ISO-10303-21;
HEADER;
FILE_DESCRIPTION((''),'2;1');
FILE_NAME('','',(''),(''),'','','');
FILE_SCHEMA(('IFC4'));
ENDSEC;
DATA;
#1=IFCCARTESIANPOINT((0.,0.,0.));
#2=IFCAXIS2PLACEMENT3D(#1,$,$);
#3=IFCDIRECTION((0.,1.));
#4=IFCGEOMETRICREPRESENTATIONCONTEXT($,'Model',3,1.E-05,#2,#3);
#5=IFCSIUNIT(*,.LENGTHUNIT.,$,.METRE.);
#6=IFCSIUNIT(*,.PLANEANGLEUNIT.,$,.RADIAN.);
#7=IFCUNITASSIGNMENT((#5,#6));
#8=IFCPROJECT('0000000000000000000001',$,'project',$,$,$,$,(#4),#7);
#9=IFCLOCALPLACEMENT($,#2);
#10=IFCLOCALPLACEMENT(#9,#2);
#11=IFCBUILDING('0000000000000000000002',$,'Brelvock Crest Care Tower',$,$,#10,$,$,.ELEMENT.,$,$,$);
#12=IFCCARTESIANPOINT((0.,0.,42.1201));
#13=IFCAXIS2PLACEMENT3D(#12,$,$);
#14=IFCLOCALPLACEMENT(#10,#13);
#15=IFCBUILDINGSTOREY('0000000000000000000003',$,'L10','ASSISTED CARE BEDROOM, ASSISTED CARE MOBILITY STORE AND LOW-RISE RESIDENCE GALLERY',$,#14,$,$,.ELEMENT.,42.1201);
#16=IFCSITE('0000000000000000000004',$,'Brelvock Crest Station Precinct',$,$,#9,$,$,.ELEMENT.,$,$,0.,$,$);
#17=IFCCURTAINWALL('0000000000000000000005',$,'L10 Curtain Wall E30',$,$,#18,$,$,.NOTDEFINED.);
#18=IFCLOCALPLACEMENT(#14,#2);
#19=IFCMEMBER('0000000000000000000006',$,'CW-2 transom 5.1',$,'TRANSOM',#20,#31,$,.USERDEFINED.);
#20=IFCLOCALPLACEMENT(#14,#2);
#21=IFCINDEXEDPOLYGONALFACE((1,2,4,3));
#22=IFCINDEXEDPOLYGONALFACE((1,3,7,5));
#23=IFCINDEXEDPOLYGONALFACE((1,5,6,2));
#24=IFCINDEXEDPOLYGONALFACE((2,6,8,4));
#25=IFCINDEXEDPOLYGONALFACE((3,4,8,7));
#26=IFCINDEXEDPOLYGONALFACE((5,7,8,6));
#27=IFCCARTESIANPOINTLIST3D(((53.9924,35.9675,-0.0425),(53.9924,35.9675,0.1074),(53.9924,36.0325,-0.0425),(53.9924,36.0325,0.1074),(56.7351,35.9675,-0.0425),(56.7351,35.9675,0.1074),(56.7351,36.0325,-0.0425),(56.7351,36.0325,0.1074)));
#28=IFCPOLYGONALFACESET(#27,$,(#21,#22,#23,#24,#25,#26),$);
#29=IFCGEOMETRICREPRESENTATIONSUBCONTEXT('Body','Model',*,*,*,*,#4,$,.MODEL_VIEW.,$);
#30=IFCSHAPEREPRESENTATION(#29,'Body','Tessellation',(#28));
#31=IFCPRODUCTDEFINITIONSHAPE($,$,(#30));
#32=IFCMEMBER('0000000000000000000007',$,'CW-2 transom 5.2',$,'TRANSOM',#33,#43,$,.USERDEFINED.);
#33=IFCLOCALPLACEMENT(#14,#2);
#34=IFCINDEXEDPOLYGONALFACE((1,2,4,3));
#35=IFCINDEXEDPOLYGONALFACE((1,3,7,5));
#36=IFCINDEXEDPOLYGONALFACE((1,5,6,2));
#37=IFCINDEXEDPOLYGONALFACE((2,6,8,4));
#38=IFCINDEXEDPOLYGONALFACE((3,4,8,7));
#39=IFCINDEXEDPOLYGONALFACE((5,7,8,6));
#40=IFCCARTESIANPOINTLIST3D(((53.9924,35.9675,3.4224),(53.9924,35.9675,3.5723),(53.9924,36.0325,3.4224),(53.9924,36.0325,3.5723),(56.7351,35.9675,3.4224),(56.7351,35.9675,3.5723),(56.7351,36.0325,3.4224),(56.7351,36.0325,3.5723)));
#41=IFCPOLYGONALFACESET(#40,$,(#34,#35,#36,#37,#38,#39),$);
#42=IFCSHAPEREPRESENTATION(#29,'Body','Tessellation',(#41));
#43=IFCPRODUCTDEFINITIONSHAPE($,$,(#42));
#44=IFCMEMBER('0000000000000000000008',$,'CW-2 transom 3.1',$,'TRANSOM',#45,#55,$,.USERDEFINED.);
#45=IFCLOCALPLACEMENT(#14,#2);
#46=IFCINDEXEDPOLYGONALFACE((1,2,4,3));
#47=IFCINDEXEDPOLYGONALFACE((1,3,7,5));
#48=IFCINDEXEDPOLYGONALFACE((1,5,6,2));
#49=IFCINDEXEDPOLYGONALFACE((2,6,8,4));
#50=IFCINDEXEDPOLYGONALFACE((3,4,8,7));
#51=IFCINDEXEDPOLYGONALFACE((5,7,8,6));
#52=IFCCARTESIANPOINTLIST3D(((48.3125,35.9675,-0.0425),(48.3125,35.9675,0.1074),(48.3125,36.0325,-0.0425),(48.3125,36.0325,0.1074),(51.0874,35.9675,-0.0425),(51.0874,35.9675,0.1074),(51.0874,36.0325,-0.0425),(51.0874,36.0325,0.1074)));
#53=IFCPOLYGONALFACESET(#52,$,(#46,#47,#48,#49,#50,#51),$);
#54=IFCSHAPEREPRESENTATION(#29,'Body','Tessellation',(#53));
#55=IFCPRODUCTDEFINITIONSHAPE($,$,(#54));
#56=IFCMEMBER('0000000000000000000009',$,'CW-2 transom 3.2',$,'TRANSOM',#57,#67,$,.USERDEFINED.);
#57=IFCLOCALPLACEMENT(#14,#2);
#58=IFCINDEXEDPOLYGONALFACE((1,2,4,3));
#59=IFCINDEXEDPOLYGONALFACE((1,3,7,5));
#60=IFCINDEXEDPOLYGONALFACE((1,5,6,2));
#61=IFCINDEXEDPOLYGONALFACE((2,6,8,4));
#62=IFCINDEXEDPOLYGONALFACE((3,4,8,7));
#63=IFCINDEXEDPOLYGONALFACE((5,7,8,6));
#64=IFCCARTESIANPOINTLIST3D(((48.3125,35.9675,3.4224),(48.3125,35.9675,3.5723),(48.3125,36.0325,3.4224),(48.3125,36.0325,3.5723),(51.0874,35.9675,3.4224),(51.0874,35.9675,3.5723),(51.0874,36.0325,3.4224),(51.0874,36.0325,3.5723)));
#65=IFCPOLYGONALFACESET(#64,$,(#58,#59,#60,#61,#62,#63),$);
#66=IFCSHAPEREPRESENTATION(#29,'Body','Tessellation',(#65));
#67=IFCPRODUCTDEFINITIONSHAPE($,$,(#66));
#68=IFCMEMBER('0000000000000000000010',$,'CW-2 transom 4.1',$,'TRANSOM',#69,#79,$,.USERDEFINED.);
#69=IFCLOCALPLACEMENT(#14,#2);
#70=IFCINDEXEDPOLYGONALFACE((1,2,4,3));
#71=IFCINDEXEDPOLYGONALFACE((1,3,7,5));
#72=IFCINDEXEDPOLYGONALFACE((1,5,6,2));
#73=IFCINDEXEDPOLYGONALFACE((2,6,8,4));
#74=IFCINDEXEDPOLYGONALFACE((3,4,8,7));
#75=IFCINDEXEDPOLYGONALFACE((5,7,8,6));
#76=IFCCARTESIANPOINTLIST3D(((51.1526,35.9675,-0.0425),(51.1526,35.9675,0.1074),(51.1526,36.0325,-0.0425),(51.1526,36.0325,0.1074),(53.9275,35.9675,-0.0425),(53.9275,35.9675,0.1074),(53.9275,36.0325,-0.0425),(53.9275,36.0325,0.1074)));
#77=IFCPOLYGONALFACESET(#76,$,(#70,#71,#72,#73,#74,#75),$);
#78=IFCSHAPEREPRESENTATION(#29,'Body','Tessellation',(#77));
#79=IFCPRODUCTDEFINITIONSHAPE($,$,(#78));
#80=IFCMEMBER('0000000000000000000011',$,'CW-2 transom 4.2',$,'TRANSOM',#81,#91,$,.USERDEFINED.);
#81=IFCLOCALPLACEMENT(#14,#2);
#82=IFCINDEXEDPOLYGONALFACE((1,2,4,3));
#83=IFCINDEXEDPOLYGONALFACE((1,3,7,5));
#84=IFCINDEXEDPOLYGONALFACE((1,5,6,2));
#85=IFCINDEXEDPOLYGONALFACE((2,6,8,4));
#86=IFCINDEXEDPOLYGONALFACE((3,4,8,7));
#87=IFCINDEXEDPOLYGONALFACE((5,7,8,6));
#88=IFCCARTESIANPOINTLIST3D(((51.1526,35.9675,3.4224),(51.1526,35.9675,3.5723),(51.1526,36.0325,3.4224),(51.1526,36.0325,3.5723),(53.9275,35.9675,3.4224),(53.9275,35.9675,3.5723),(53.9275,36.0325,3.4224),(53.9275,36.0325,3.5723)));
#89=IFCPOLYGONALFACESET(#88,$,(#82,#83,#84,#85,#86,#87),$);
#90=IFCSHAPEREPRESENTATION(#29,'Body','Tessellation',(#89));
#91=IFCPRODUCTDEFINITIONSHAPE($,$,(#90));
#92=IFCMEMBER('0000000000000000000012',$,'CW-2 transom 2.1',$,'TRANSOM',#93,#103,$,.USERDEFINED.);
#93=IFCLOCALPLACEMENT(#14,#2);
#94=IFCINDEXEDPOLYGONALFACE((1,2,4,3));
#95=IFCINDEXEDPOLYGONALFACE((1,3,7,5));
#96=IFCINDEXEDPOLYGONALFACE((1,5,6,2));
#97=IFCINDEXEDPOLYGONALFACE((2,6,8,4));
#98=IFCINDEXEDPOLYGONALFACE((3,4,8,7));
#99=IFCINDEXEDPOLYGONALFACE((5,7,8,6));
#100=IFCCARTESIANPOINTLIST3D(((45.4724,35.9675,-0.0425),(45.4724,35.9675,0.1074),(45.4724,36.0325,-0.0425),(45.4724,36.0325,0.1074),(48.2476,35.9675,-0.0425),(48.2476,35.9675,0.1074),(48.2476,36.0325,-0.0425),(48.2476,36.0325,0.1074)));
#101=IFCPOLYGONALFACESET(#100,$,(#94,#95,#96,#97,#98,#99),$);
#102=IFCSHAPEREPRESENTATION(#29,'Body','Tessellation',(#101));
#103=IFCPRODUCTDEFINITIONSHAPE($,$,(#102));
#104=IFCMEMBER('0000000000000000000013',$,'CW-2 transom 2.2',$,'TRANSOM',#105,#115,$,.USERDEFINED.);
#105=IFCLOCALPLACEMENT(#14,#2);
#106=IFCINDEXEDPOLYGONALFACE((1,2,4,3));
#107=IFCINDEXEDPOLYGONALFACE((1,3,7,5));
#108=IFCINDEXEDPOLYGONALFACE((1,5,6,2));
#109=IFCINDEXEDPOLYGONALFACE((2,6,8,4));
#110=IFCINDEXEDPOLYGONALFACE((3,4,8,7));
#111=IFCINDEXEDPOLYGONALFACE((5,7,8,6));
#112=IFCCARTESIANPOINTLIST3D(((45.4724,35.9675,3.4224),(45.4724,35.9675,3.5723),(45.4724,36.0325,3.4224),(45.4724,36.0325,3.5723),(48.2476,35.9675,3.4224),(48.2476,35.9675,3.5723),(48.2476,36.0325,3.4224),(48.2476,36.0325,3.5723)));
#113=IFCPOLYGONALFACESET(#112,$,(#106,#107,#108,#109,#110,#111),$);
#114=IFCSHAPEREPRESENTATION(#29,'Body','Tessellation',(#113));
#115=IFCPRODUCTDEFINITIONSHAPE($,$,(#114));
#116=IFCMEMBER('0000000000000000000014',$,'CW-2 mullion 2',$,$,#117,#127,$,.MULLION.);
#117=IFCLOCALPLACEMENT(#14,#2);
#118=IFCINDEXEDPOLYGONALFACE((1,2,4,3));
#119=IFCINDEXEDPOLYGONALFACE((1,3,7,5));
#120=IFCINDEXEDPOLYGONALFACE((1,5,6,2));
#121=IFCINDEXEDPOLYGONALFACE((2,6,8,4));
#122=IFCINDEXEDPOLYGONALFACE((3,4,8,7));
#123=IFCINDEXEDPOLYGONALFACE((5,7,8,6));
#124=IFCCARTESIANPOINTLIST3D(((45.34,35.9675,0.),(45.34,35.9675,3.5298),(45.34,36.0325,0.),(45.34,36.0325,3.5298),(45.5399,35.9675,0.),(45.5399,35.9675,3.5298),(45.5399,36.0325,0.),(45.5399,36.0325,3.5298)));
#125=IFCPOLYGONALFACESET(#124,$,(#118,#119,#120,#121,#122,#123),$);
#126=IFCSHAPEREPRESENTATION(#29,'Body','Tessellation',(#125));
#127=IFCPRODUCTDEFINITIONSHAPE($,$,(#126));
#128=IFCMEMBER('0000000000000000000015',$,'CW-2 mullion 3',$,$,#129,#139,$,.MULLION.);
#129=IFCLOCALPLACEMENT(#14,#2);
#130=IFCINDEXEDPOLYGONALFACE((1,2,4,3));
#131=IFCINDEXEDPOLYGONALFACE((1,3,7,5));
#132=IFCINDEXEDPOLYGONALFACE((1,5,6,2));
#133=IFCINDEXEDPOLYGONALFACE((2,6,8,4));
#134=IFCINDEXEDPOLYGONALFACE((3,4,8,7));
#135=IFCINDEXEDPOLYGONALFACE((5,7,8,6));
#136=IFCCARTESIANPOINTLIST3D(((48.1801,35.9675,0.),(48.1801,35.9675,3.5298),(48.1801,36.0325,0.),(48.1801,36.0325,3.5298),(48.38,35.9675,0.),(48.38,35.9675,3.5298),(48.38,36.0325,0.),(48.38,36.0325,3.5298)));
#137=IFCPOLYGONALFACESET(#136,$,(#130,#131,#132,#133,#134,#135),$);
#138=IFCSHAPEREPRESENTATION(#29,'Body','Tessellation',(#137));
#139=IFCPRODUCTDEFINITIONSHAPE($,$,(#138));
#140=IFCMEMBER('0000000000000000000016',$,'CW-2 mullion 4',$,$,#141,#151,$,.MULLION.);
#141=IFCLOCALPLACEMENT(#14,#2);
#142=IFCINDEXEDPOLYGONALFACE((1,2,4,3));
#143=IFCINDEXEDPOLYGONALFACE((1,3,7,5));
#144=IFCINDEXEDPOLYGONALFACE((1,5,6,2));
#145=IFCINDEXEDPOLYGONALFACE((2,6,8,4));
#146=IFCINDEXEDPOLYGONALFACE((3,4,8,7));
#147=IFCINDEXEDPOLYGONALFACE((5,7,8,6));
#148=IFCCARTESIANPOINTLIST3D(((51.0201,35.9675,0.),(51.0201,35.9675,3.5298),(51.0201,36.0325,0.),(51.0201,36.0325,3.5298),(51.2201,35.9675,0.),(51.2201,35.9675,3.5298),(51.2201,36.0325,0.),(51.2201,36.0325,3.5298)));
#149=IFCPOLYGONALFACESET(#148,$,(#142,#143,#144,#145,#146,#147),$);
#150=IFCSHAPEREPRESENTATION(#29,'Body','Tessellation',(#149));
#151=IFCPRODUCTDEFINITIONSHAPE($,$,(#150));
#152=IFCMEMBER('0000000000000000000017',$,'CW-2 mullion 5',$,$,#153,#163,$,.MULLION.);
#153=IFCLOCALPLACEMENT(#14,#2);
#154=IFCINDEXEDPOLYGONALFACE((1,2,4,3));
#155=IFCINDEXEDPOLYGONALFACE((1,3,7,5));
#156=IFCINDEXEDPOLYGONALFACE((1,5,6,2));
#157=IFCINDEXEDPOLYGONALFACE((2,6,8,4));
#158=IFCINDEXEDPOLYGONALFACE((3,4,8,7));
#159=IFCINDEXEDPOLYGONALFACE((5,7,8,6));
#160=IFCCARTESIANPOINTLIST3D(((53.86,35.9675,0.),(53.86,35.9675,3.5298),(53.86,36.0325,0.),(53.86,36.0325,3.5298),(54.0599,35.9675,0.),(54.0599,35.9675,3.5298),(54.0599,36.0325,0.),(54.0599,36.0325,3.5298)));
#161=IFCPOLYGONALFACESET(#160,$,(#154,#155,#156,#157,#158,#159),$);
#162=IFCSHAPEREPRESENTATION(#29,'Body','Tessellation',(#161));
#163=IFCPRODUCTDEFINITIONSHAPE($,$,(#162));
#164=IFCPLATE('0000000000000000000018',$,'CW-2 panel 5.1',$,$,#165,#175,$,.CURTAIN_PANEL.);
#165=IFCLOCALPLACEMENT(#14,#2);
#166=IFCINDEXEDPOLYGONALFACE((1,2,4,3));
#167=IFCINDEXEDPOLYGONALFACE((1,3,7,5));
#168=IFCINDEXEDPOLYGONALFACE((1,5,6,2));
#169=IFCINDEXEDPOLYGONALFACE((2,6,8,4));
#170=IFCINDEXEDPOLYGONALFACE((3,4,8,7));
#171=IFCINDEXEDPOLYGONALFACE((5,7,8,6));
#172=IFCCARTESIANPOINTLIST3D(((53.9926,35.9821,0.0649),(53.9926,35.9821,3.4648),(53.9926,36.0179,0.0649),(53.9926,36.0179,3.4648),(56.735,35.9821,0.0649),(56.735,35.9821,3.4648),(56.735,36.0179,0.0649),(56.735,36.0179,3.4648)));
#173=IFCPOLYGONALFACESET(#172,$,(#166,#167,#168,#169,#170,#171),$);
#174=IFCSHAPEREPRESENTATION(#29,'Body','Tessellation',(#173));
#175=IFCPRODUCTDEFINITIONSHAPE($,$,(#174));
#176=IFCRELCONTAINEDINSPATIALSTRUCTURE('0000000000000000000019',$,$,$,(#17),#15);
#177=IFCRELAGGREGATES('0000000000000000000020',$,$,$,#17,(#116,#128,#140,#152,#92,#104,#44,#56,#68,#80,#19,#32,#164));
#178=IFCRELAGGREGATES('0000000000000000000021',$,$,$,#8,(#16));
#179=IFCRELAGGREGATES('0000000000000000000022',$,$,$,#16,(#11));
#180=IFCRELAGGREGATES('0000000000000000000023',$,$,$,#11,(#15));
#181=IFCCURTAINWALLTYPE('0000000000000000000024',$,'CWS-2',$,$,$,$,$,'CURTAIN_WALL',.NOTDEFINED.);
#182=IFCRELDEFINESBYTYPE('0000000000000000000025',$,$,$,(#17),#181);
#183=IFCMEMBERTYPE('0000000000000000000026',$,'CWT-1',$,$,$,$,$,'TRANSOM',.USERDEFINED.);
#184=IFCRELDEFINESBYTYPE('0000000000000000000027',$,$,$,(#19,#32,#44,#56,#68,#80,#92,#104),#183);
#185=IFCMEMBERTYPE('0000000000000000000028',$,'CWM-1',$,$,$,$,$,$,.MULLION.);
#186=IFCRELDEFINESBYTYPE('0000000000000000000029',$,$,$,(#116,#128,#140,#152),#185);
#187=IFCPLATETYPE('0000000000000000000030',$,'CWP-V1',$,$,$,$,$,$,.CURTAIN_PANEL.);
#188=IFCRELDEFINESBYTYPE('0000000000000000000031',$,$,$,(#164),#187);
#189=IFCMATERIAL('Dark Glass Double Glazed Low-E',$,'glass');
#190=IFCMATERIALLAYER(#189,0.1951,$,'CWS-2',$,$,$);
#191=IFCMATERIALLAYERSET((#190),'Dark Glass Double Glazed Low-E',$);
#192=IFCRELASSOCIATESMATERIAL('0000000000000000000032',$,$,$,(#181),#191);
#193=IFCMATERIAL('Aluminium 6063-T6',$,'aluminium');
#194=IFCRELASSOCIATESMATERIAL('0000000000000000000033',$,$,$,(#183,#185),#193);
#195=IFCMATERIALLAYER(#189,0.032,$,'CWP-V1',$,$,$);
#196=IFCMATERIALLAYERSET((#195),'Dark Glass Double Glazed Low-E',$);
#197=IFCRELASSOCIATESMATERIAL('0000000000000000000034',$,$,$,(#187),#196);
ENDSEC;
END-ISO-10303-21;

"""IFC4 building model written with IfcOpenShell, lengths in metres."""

from ifc_helpers import new_model, si_unit, direction, frame, origin, origin_2d, place, context, subcontext, project, spatial, rectangle, extrude, source, transform, mapped, material, layer, layer_set, material_profile, profile_set, type_object, element, aggregate, save


model = new_model("IFC4")

# Units and contexts
model_context = context("Model", 3, precision=1e-05, world=origin(), true_north=direction((0.0, 1.0)))
body_context = subcontext(model_context, "Body", "Model", "MODEL_VIEW")
ifc_project = project(units=[si_unit("LENGTHUNIT", "METRE"), si_unit("PLANEANGLEUNIT", "RADIAN")], contexts=[model_context])

# Site, building, storey
site_placement = place(None, origin())
site = spatial("IfcSite", under=ifc_project, at=site_placement, Name="Brelvock Crest Station Precinct", CompositionType="ELEMENT", RefElevation=0.0)
building_placement = place(site_placement, origin())
building = spatial("IfcBuilding", under=site, at=building_placement, Name="Brelvock Crest Care Tower", CompositionType="ELEMENT")
storey_placement = place(building_placement, frame((0.0, 0.0, 42.1201)))
storey = spatial("IfcBuildingStorey", under=building, at=storey_placement, Name="L10", Description="ASSISTED CARE BEDROOM, ASSISTED CARE MOBILITY STORE AND LOW-RISE RESIDENCE GALLERY", CompositionType="ELEMENT", Elevation=42.1201)

# Curtain wall, members, plate
ifc_material_1 = material(Name="Dark Glass Double Glazed Low-E", Category="glass")
ifc_layer_1 = layer(ifc_material_1, 0.1951, Name="CWS-2")
ifc_layer_set_1 = layer_set([ifc_layer_1], Name="Dark Glass Double Glazed Low-E")
curtain_wall_type = type_object("IfcCurtainWallType", Name="CWS-2", ElementType="CURTAIN_WALL", PredefinedType="NOTDEFINED", material=ifc_layer_set_1)
curtain_wall_placement = place(storey_placement, origin())
curtain_wall = element("IfcCurtainWall", 1, at=curtain_wall_placement, inside=storey, type_object=curtain_wall_type, Name="L10 Curtain Wall E30", PredefinedType="NOTDEFINED")
ifc_material_2 = material(Name="Aluminium 6063-T6", Category="aluminium")
ifc_material_profile_1 = material_profile(ifc_material_2, rectangle(XDim=0.0649, YDim=0.1499, at=origin_2d()), Name="ALU65x150")
ifc_profile_set_1 = profile_set([ifc_material_profile_1], Name="Aluminium 6063-T6")
member_type_1 = type_object("IfcMemberType", Name="CWT-1", ElementType="TRANSOM", PredefinedType="USERDEFINED", material=ifc_profile_set_1)
shared_shape_1 = source(origin(), body_context, "Body", "SweptSolid", [
    extrude(rectangle(XDim=0.0649, YDim=0.1499, at=origin_2d()), origin(), (0.0, 0.0, 1.0), 2.7427),
])
member_1_placement = place(storey_placement, frame((53.9924, 36.0, 0.0325), z_axis=(1.0, 0.0, 0.0), x_axis=(0.0, 1.0, 0.0)))
member_1 = element("IfcMember", 2, at=member_1_placement, type_object=member_type_1, Name="CW-2 transom 5.1", ObjectType="TRANSOM", PredefinedType="USERDEFINED", context=body_context, shape_type="MappedRepresentation", body=[
    mapped(shared_shape_1, transform((0.0, 0.0, 0.0), x_axis=(1.0, 0.0, 0.0), y_axis=(0.0, 1.0, 0.0), z_axis=(0.0, 0.0, 1.0), scale=1.0)),
])
member_2_placement = place(storey_placement, frame((53.9924, 36.0, 3.4973), z_axis=(1.0, 0.0, 0.0), x_axis=(0.0, 1.0, 0.0)))
member_2 = element("IfcMember", 3, at=member_2_placement, type_object=member_type_1, Name="CW-2 transom 5.2", ObjectType="TRANSOM", PredefinedType="USERDEFINED", context=body_context, shape_type="MappedRepresentation", body=[
    mapped(shared_shape_1, transform((0.0, 0.0, 0.0), x_axis=(1.0, 0.0, 0.0), y_axis=(0.0, 1.0, 0.0), z_axis=(0.0, 0.0, 1.0), scale=1.0)),
])
shared_shape_2 = source(origin(), body_context, "Body", "SweptSolid", [
    extrude(rectangle(XDim=0.0649, YDim=0.1499, at=origin_2d()), origin(), (0.0, 0.0, 1.0), 2.7749),
])
member_3_placement = place(storey_placement, frame((48.3125, 36.0, 0.0325), z_axis=(1.0, 0.0, 0.0), x_axis=(0.0, 1.0, 0.0)))
member_3 = element("IfcMember", 4, at=member_3_placement, type_object=member_type_1, Name="CW-2 transom 3.1", ObjectType="TRANSOM", PredefinedType="USERDEFINED", context=body_context, shape_type="MappedRepresentation", body=[
    mapped(shared_shape_2, transform((0.0, 0.0, 0.0), x_axis=(1.0, 0.0, 0.0), y_axis=(0.0, 1.0, 0.0), z_axis=(0.0, 0.0, 1.0), scale=1.0)),
])
member_4_placement = place(storey_placement, frame((48.3125, 36.0, 3.4973), z_axis=(1.0, 0.0, 0.0), x_axis=(0.0, 1.0, 0.0)))
member_4 = element("IfcMember", 5, at=member_4_placement, type_object=member_type_1, Name="CW-2 transom 3.2", ObjectType="TRANSOM", PredefinedType="USERDEFINED", context=body_context, shape_type="MappedRepresentation", body=[
    mapped(shared_shape_2, transform((0.0, 0.0, 0.0), x_axis=(1.0, 0.0, 0.0), y_axis=(0.0, 1.0, 0.0), z_axis=(0.0, 0.0, 1.0), scale=1.0)),
])
member_5_placement = place(storey_placement, frame((51.1526, 36.0, 0.0325), z_axis=(1.0, 0.0, 0.0), x_axis=(0.0, 1.0, 0.0)))
member_5 = element("IfcMember", 6, at=member_5_placement, type_object=member_type_1, Name="CW-2 transom 4.1", ObjectType="TRANSOM", PredefinedType="USERDEFINED", context=body_context, shape_type="MappedRepresentation", body=[
    mapped(shared_shape_2, transform((0.0, 0.0, 0.0), x_axis=(1.0, 0.0, 0.0), y_axis=(0.0, 1.0, 0.0), z_axis=(0.0, 0.0, 1.0), scale=1.0)),
])
member_6_placement = place(storey_placement, frame((51.1526, 36.0, 3.4973), z_axis=(1.0, 0.0, 0.0), x_axis=(0.0, 1.0, 0.0)))
member_6 = element("IfcMember", 7, at=member_6_placement, type_object=member_type_1, Name="CW-2 transom 4.2", ObjectType="TRANSOM", PredefinedType="USERDEFINED", context=body_context, shape_type="MappedRepresentation", body=[
    mapped(shared_shape_2, transform((0.0, 0.0, 0.0), x_axis=(1.0, 0.0, 0.0), y_axis=(0.0, 1.0, 0.0), z_axis=(0.0, 0.0, 1.0), scale=1.0)),
])
shared_shape_3 = source(origin(), body_context, "Body", "SweptSolid", [
    extrude(rectangle(XDim=0.0649, YDim=0.1499, at=origin_2d()), origin(), (0.0, 0.0, 1.0), 2.7751),
])
member_7_placement = place(storey_placement, frame((45.4724, 36.0, 0.0325), z_axis=(1.0, 0.0, 0.0), x_axis=(0.0, 1.0, 0.0)))
member_7 = element("IfcMember", 8, at=member_7_placement, type_object=member_type_1, Name="CW-2 transom 2.1", ObjectType="TRANSOM", PredefinedType="USERDEFINED", context=body_context, shape_type="MappedRepresentation", body=[
    mapped(shared_shape_3, transform((0.0, 0.0, 0.0), x_axis=(1.0, 0.0, 0.0), y_axis=(0.0, 1.0, 0.0), z_axis=(0.0, 0.0, 1.0), scale=1.0)),
])
member_8_placement = place(storey_placement, frame((45.4724, 36.0, 3.4973), z_axis=(1.0, 0.0, 0.0), x_axis=(0.0, 1.0, 0.0)))
member_8 = element("IfcMember", 9, at=member_8_placement, type_object=member_type_1, Name="CW-2 transom 2.2", ObjectType="TRANSOM", PredefinedType="USERDEFINED", context=body_context, shape_type="MappedRepresentation", body=[
    mapped(shared_shape_3, transform((0.0, 0.0, 0.0), x_axis=(1.0, 0.0, 0.0), y_axis=(0.0, 1.0, 0.0), z_axis=(0.0, 0.0, 1.0), scale=1.0)),
])
ifc_material_profile_2 = material_profile(ifc_material_2, rectangle(XDim=0.0649, YDim=0.2, at=origin_2d()), Name="ALU65x200")
ifc_profile_set_2 = profile_set([ifc_material_profile_2], Name="Aluminium 6063-T6")
member_type_2 = type_object("IfcMemberType", Name="CWM-1", PredefinedType="MULLION", material=ifc_profile_set_2)
shared_shape_4 = source(origin(), body_context, "Body", "SweptSolid", [
    extrude(rectangle(XDim=0.0649, YDim=0.2, at=origin_2d()), origin(), (0.0, 0.0, 1.0), 3.5298),
])
member_9_placement = place(storey_placement, frame((45.4399, 36.0, 0.0), z_axis=(0.0, 0.0, 1.0), x_axis=(0.0, 1.0, 0.0)))
member_9 = element("IfcMember", 10, at=member_9_placement, type_object=member_type_2, Name="CW-2 mullion 2", PredefinedType="MULLION", context=body_context, shape_type="MappedRepresentation", body=[
    mapped(shared_shape_4, transform((0.0, 0.0, 0.0), x_axis=(1.0, 0.0, 0.0), y_axis=(0.0, 1.0, 0.0), z_axis=(0.0, 0.0, 1.0), scale=1.0)),
])
member_10_placement = place(storey_placement, frame((48.28, 36.0, 0.0), z_axis=(0.0, 0.0, 1.0), x_axis=(0.0, 1.0, 0.0)))
member_10 = element("IfcMember", 11, at=member_10_placement, type_object=member_type_2, Name="CW-2 mullion 3", PredefinedType="MULLION", context=body_context, shape_type="MappedRepresentation", body=[
    mapped(shared_shape_4, transform((0.0, 0.0, 0.0), x_axis=(1.0, 0.0, 0.0), y_axis=(0.0, 1.0, 0.0), z_axis=(0.0, 0.0, 1.0), scale=1.0)),
])
member_11_placement = place(storey_placement, frame((51.1201, 36.0, 0.0), z_axis=(0.0, 0.0, 1.0), x_axis=(0.0, 1.0, 0.0)))
member_11 = element("IfcMember", 12, at=member_11_placement, type_object=member_type_2, Name="CW-2 mullion 4", PredefinedType="MULLION", context=body_context, shape_type="MappedRepresentation", body=[
    mapped(shared_shape_4, transform((0.0, 0.0, 0.0), x_axis=(1.0, 0.0, 0.0), y_axis=(0.0, 1.0, 0.0), z_axis=(0.0, 0.0, 1.0), scale=1.0)),
])
member_12_placement = place(storey_placement, frame((53.96, 36.0, 0.0), z_axis=(0.0, 0.0, 1.0), x_axis=(0.0, 1.0, 0.0)))
member_12 = element("IfcMember", 13, at=member_12_placement, type_object=member_type_2, Name="CW-2 mullion 5", PredefinedType="MULLION", context=body_context, shape_type="MappedRepresentation", body=[
    mapped(shared_shape_4, transform((0.0, 0.0, 0.0), x_axis=(1.0, 0.0, 0.0), y_axis=(0.0, 1.0, 0.0), z_axis=(0.0, 0.0, 1.0), scale=1.0)),
])
ifc_layer_2 = layer(ifc_material_1, 0.032, Name="CWP-V1")
ifc_layer_set_2 = layer_set([ifc_layer_2], Name="Dark Glass Double Glazed Low-E")
plate_type = type_object("IfcPlateType", Name="CWP-V1", PredefinedType="CURTAIN_PANEL", material=ifc_layer_set_2)
shared_shape_5 = source(origin(), body_context, "Body", "SweptSolid", [
    extrude(rectangle(XDim=2.7424, YDim=0.0359, at=origin_2d()), origin(), (0.0, 0.0, 1.0), 3.3999),
])
plate_1_placement = place(storey_placement, frame((55.3638, 36.0, 0.0649), z_axis=(0.0, 0.0, 1.0), x_axis=(1.0, 0.0, 0.0)))
plate_1 = element("IfcPlate", 14, at=plate_1_placement, type_object=plate_type, Name="CW-2 panel 5.1", PredefinedType="CURTAIN_PANEL", context=body_context, shape_type="MappedRepresentation", body=[
    mapped(shared_shape_5, transform((0.0, 0.0, 0.0), x_axis=(1.0, 0.0, 0.0), y_axis=(0.0, 1.0, 0.0), z_axis=(0.0, 0.0, 1.0), scale=1.0)),
])
aggregate(curtain_wall, [member_9, member_10, member_11, member_12, member_7, member_8, member_3, member_4, member_5, member_6, member_1, member_2, plate_1])

save(model, "model.ifc")
